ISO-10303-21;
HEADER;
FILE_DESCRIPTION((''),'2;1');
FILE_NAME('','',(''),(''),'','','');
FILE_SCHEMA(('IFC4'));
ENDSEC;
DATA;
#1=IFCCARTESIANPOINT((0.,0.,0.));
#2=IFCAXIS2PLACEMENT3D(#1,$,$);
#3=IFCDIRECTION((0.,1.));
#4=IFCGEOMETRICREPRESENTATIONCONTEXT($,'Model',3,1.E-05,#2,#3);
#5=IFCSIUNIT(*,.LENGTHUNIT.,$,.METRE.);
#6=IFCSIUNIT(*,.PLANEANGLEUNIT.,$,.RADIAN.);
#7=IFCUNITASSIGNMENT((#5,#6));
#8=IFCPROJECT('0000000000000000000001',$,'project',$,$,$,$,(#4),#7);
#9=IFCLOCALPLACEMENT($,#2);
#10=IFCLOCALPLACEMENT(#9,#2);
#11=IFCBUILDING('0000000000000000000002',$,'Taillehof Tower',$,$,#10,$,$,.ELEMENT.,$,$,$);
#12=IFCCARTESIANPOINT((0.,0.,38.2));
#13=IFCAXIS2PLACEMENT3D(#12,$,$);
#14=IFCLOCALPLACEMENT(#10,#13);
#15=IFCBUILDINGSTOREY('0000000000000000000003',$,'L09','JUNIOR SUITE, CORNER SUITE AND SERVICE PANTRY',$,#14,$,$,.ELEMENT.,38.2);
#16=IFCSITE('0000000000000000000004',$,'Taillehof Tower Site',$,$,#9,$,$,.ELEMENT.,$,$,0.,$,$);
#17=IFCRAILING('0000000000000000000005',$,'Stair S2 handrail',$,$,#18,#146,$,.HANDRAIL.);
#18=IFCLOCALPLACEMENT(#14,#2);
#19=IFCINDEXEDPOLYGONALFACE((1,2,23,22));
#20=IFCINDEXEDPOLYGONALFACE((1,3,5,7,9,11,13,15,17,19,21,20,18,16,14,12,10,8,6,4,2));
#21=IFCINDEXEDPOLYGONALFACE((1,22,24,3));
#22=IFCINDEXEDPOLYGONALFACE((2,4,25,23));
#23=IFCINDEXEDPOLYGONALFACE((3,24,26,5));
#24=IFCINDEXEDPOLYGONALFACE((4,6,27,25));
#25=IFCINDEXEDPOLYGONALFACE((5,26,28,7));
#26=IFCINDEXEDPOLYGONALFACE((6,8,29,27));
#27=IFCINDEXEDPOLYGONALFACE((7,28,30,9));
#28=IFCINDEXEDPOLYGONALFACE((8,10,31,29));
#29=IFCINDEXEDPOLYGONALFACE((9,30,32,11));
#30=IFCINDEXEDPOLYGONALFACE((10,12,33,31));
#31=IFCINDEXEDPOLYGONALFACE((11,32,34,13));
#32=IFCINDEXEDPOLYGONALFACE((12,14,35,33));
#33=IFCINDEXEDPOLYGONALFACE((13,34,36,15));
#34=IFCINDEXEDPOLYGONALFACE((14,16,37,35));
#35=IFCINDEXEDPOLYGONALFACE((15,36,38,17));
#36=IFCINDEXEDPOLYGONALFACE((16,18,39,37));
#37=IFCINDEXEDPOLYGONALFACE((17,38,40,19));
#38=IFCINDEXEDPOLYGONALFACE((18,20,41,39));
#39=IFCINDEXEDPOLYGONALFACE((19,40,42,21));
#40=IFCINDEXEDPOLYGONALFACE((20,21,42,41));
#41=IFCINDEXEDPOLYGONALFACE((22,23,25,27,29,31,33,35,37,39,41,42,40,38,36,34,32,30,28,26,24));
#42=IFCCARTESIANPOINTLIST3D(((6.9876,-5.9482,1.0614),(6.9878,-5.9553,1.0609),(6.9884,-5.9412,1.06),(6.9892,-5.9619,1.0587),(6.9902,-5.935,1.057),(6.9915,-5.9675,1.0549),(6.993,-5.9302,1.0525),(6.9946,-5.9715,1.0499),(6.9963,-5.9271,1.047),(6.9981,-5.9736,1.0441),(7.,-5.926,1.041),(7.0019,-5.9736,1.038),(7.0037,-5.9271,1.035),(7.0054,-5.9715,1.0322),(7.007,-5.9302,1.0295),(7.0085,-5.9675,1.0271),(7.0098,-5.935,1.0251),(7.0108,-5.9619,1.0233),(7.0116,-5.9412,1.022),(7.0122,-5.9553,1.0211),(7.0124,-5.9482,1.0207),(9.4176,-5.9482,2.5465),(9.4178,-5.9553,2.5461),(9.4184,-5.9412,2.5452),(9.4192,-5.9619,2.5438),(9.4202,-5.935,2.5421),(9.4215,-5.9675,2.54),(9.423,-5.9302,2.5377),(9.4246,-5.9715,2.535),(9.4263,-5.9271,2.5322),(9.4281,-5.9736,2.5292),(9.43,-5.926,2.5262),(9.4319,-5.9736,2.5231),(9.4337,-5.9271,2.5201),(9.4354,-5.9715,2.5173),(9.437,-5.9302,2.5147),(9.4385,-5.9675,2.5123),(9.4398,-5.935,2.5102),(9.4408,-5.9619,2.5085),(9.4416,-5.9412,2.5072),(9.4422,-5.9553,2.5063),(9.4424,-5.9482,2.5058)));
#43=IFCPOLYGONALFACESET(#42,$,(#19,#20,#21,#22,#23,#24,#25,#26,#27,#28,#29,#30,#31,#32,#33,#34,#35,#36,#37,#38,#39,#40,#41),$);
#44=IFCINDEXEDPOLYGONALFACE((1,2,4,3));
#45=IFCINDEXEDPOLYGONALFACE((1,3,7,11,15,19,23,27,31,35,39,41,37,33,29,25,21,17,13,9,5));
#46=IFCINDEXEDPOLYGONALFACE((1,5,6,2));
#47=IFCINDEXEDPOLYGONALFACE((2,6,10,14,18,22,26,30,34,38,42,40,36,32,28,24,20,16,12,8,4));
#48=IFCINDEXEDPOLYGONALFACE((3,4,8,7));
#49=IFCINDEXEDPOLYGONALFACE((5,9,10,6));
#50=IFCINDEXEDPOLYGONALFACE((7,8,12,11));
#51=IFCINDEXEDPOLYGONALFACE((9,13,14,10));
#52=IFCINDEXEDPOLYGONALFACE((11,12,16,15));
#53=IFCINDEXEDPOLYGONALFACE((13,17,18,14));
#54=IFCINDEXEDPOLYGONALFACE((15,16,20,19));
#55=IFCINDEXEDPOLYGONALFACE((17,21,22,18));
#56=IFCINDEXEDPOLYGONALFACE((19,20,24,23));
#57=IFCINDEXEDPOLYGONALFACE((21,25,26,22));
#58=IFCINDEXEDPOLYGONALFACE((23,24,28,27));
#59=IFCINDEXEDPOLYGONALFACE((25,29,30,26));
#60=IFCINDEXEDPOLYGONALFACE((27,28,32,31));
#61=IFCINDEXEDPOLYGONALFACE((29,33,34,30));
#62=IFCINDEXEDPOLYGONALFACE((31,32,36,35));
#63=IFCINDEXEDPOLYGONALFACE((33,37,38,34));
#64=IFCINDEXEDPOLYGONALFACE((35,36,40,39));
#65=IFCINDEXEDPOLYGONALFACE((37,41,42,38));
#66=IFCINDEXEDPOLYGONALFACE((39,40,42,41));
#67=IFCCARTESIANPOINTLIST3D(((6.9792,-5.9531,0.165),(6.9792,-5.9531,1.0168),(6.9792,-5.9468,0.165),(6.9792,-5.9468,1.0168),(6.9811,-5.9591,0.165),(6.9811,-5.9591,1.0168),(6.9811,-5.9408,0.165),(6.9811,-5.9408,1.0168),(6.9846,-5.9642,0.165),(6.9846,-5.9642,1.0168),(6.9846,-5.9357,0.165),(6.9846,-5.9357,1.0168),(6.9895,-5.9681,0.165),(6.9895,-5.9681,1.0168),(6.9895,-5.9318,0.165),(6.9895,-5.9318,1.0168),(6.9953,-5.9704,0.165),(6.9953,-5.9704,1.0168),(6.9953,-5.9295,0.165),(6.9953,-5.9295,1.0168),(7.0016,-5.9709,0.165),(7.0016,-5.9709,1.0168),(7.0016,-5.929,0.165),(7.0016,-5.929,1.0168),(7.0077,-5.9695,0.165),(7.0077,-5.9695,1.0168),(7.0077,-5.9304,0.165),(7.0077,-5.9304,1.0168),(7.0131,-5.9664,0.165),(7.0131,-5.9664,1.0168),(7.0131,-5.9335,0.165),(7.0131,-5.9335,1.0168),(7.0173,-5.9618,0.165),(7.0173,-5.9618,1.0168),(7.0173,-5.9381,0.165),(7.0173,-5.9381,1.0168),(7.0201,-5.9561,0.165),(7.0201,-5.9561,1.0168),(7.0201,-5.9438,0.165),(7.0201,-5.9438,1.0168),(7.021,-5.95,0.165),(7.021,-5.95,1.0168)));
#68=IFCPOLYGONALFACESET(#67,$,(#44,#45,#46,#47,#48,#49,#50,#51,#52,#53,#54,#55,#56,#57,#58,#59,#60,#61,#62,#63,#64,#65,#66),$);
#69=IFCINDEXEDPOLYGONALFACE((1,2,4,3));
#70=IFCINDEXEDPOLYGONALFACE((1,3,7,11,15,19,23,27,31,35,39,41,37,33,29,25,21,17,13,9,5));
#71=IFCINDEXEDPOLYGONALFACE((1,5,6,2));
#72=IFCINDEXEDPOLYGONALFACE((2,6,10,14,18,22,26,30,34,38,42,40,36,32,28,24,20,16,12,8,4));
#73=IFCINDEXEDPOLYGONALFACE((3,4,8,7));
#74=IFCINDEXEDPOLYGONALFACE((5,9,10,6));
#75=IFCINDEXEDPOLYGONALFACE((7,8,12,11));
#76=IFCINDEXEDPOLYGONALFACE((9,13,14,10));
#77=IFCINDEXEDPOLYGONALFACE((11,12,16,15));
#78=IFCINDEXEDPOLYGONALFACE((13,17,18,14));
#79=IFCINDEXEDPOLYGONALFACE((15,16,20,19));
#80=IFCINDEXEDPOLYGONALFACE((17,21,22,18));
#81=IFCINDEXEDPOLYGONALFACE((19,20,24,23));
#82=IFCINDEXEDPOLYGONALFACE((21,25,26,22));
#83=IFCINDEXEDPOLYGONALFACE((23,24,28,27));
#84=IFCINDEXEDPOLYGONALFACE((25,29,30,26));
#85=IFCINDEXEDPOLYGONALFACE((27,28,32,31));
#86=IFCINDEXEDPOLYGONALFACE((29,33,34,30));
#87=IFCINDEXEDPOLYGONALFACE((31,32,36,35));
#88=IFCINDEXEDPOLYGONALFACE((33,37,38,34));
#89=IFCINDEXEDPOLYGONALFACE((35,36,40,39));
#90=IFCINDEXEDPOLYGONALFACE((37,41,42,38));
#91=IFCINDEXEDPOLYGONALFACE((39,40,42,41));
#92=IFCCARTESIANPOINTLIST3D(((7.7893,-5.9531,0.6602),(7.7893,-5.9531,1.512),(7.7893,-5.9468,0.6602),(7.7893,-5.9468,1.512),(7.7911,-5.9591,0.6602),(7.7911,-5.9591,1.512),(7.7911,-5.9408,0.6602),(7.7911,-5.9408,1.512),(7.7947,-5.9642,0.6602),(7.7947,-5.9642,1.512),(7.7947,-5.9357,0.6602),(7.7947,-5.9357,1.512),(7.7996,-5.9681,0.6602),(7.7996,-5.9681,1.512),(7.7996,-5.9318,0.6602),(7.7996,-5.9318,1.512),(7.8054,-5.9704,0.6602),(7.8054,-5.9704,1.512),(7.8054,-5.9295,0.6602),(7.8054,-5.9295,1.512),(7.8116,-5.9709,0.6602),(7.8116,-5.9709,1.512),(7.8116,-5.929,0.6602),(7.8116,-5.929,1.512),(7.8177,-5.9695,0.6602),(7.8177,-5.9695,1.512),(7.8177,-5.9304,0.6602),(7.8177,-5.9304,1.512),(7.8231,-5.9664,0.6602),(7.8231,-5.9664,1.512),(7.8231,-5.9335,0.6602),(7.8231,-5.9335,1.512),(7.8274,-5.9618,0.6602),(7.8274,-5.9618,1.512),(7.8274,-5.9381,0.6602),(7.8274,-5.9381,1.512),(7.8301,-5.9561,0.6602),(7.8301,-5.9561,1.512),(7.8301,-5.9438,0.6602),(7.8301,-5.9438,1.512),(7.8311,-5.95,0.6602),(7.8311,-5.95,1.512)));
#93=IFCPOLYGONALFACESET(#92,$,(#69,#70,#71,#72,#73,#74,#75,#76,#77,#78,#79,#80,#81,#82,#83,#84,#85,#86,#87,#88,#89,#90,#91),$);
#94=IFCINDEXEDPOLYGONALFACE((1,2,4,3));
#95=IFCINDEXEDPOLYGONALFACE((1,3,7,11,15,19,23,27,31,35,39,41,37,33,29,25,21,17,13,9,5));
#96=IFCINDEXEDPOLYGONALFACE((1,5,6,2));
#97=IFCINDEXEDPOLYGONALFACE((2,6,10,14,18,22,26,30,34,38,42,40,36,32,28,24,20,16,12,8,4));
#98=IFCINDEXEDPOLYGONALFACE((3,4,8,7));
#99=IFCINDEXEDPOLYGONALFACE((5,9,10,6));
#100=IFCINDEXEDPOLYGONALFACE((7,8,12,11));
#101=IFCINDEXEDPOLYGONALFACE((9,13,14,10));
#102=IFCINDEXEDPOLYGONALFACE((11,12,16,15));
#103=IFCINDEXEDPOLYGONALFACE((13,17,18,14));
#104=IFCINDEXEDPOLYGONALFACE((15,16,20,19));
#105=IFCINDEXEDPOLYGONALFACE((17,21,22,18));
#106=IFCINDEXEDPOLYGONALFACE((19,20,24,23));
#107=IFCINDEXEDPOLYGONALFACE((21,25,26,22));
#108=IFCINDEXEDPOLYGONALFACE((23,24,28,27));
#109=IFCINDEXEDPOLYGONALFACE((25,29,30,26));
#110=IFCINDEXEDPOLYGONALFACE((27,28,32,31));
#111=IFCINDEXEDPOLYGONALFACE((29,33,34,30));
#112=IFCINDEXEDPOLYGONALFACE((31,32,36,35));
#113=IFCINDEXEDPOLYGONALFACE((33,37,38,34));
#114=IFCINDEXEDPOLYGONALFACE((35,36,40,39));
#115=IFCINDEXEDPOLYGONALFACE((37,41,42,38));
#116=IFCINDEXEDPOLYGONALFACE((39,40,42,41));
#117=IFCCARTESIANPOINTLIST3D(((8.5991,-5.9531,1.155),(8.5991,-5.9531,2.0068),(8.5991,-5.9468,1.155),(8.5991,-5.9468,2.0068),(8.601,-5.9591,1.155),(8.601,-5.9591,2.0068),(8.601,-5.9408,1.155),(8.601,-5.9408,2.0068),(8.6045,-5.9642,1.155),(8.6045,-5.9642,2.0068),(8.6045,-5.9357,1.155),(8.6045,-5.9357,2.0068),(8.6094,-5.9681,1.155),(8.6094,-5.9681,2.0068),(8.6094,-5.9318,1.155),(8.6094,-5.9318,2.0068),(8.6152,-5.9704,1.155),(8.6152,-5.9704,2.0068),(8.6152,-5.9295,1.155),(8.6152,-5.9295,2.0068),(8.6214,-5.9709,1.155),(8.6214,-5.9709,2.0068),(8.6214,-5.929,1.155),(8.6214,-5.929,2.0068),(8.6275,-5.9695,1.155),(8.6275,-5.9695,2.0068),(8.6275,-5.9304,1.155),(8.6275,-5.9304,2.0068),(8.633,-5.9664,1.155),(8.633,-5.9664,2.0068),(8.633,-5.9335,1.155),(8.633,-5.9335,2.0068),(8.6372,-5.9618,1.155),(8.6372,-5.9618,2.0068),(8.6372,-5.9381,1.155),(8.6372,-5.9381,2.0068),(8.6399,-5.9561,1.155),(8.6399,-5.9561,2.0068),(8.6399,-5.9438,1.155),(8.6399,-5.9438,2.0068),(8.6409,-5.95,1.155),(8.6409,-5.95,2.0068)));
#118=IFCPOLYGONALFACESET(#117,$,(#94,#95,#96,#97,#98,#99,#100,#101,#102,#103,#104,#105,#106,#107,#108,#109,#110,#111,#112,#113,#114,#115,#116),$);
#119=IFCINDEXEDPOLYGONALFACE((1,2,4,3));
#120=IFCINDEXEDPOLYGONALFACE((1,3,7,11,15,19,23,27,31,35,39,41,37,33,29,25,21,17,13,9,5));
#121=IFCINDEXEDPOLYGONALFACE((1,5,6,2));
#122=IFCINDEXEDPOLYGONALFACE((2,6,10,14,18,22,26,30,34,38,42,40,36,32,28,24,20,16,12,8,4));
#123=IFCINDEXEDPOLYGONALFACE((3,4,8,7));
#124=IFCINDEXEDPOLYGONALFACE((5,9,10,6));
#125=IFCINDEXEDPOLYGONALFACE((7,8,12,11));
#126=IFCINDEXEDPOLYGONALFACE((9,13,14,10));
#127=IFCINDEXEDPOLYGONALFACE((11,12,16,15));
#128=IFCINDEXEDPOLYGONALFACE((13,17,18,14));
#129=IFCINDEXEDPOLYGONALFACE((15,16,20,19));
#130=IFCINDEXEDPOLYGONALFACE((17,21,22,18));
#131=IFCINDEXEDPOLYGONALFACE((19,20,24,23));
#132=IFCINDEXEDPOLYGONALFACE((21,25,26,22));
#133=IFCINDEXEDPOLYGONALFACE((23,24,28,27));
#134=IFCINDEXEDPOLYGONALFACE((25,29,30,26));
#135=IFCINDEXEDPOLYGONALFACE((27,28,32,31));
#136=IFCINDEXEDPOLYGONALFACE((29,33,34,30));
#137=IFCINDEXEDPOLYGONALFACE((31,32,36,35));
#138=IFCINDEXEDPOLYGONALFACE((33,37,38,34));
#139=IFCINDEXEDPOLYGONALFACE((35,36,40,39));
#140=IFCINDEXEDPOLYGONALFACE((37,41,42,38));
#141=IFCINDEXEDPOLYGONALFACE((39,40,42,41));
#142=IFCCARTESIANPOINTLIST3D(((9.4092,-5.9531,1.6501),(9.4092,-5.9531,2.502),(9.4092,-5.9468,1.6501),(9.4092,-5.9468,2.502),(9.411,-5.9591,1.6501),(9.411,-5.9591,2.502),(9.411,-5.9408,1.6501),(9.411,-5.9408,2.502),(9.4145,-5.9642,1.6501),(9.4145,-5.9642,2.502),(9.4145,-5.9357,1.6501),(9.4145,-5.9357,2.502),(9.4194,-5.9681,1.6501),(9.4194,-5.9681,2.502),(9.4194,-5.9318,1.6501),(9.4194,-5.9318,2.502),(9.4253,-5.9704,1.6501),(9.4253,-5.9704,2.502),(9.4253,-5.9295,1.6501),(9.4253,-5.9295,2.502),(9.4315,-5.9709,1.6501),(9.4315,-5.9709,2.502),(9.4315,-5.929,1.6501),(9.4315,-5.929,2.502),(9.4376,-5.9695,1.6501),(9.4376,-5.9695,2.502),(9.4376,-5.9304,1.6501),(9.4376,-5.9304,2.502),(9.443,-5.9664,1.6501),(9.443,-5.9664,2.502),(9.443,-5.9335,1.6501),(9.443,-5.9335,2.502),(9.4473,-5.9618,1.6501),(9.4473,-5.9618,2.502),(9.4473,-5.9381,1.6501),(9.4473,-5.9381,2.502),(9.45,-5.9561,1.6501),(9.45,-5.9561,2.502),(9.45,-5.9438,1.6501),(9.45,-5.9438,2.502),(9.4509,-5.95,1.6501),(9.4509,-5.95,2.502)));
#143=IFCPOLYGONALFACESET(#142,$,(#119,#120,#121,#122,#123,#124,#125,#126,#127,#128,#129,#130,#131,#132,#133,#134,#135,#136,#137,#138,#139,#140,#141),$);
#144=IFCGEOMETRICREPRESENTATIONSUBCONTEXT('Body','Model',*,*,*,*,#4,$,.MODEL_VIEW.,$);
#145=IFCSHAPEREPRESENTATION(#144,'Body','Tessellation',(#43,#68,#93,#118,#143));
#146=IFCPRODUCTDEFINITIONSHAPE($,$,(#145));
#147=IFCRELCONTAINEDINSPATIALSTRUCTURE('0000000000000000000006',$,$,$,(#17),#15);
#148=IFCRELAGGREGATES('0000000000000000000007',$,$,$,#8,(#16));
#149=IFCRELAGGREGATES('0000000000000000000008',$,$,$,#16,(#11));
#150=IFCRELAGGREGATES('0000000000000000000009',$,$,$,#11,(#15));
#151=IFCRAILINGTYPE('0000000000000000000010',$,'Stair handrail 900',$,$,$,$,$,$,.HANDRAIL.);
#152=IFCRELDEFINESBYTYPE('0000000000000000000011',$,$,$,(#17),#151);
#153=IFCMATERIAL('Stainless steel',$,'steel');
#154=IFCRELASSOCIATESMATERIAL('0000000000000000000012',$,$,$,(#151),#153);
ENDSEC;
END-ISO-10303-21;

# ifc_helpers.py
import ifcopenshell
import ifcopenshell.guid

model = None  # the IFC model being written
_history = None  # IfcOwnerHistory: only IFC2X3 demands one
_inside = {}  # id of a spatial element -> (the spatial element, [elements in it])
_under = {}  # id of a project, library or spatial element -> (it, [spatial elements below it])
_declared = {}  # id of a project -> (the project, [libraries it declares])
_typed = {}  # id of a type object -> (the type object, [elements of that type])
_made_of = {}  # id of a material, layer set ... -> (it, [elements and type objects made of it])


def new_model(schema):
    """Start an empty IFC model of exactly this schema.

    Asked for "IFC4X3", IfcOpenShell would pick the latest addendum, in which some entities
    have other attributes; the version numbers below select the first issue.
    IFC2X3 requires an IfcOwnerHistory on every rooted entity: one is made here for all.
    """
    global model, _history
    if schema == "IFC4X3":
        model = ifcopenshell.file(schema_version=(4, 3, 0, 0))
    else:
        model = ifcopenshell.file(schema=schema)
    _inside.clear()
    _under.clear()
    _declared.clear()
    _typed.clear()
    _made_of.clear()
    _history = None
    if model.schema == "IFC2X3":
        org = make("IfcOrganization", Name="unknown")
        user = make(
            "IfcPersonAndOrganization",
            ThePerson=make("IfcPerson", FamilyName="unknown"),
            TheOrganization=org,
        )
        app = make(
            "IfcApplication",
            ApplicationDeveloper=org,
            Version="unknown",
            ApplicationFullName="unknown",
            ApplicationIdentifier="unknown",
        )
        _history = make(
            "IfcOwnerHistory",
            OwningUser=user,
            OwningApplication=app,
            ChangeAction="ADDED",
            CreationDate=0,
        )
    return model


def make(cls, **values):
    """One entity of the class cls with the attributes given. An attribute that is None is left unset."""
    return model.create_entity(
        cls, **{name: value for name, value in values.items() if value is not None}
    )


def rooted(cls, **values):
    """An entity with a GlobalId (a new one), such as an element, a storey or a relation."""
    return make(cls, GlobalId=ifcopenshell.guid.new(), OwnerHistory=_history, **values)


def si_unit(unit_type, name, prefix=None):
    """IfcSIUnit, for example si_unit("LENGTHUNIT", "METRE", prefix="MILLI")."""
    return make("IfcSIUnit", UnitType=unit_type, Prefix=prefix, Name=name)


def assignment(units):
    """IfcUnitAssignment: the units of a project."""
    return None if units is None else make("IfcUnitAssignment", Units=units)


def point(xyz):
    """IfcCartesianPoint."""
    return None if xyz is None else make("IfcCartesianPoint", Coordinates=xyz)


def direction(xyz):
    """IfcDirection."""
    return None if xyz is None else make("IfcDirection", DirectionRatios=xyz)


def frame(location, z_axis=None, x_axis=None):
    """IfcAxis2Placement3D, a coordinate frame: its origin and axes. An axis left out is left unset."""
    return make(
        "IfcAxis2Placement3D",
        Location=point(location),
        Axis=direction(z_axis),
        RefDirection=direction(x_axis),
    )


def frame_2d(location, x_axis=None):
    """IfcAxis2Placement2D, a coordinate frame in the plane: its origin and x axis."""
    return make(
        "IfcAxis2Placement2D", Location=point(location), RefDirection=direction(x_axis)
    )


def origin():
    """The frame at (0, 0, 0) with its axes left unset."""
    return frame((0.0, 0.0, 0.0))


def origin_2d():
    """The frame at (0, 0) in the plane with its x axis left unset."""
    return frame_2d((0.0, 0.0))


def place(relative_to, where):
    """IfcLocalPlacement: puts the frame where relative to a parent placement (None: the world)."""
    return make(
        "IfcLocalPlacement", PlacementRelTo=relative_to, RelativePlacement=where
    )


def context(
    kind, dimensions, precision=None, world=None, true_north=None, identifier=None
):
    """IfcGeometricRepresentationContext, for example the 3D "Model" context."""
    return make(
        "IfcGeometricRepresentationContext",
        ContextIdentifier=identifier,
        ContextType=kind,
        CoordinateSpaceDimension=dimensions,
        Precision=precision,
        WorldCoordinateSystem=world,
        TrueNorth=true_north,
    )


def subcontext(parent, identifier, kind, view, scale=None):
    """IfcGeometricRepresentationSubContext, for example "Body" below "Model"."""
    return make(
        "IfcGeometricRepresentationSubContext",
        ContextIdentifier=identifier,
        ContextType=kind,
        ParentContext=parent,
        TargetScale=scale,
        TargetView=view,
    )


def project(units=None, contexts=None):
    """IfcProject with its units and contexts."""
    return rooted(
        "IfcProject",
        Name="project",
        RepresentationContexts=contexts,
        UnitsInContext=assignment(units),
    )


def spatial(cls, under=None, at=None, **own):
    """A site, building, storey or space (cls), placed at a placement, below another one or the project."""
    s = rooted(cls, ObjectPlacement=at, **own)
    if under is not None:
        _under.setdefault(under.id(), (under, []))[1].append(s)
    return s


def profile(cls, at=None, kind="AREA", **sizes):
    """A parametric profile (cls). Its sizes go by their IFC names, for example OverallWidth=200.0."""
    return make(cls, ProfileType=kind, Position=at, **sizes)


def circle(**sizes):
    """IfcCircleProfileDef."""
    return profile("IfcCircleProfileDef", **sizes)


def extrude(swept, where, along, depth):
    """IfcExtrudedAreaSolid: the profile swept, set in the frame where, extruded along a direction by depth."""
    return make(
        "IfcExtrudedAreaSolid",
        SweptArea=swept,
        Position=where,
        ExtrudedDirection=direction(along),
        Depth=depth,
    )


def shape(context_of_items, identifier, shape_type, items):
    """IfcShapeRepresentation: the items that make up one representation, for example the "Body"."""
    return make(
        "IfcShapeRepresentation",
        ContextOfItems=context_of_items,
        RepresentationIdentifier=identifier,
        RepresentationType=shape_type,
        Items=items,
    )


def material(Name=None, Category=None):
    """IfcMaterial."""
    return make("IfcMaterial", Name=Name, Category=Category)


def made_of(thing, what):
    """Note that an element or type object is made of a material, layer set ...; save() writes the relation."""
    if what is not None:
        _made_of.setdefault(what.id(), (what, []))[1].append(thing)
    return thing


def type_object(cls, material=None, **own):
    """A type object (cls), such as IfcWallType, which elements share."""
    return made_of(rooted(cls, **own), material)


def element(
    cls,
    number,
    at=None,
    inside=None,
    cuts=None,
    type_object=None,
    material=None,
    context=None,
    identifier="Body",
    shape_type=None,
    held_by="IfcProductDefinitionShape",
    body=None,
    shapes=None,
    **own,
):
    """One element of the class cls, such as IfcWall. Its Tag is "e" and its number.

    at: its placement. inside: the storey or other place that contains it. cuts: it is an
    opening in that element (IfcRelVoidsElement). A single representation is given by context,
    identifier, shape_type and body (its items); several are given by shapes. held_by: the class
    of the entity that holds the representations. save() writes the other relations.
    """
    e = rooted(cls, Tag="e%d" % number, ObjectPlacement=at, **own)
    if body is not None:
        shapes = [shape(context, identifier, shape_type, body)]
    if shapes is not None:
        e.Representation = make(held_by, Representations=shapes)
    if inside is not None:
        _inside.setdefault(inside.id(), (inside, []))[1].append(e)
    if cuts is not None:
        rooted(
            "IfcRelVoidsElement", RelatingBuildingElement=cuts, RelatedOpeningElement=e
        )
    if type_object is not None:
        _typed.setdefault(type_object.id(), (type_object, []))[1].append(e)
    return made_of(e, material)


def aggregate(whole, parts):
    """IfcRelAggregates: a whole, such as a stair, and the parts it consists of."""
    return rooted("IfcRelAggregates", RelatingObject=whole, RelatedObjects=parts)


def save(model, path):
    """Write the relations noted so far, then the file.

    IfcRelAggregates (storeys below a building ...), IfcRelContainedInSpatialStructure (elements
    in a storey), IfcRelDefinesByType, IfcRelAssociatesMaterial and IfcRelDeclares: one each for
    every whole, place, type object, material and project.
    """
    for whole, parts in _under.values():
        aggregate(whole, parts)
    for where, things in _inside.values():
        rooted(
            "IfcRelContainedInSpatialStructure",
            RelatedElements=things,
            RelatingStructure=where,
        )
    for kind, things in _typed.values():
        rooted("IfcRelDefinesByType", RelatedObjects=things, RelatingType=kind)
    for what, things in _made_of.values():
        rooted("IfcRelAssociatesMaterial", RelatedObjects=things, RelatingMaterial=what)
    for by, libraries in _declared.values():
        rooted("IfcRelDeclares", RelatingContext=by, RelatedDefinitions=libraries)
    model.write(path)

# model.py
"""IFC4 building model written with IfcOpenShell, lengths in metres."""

from ifc_helpers import new_model, si_unit, direction, frame, origin, origin_2d, place, context, subcontext, project, spatial, circle, extrude, material, type_object, element, save


model = new_model("IFC4")

# Units and contexts
model_context = context("Model", 3, precision=1e-05, world=origin(), true_north=direction((0.0, 1.0)))
body_context = subcontext(model_context, "Body", "Model", "MODEL_VIEW")
ifc_project = project(units=[si_unit("LENGTHUNIT", "METRE"), si_unit("PLANEANGLEUNIT", "RADIAN")], contexts=[model_context])

# Site, building, storey
site_placement = place(None, origin())
site = spatial("IfcSite", under=ifc_project, at=site_placement, Name="Taillehof Tower Site", CompositionType="ELEMENT", RefElevation=0.0)
building_placement = place(site_placement, origin())
building = spatial("IfcBuilding", under=site, at=building_placement, Name="Taillehof Tower", CompositionType="ELEMENT")
storey_placement = place(building_placement, frame((0.0, 0.0, 38.2)))
storey = spatial("IfcBuildingStorey", under=building, at=storey_placement, Name="L09", Description="JUNIOR SUITE, CORNER SUITE AND SERVICE PANTRY", CompositionType="ELEMENT", Elevation=38.2)

# Railing
ifc_material_1 = material(Name="Stainless steel", Category="steel")
railing_type = type_object("IfcRailingType", Name="Stair handrail 900", PredefinedType="HANDRAIL", material=ifc_material_1)
railing_1_placement = place(storey_placement, frame((7.0, -5.95, 0.165)))
element("IfcRailing", 1, at=railing_1_placement, inside=storey, type_object=railing_type, Name="Stair S2 handrail", PredefinedType="HANDRAIL", context=body_context, shape_type="SweptSolid", body=[
    extrude(circle(Radius=0.0239, at=origin_2d()), frame((0.0, 0.0, 0.876), z_axis=(0.853259, 0.0, 0.521488), x_axis=(0.0, 1.0, 0.0)), (0.0, 0.0, 1.0), 2.8479),
    extrude(circle(Radius=0.021, at=origin_2d()), origin(), (0.0, 0.0, 1.0), 0.8518),
    extrude(circle(Radius=0.021, at=origin_2d()), frame((0.8101, 0.0, 0.4951)), (0.0, 0.0, 1.0), 0.8518),
    extrude(circle(Radius=0.021, at=origin_2d()), frame((1.6199, 0.0, 0.99)), (0.0, 0.0, 1.0), 0.8518),
    extrude(circle(Radius=0.021, at=origin_2d()), frame((2.4299, 0.0, 1.4851)), (0.0, 0.0, 1.0), 0.8518),
])

save(model, "model.ifc")
